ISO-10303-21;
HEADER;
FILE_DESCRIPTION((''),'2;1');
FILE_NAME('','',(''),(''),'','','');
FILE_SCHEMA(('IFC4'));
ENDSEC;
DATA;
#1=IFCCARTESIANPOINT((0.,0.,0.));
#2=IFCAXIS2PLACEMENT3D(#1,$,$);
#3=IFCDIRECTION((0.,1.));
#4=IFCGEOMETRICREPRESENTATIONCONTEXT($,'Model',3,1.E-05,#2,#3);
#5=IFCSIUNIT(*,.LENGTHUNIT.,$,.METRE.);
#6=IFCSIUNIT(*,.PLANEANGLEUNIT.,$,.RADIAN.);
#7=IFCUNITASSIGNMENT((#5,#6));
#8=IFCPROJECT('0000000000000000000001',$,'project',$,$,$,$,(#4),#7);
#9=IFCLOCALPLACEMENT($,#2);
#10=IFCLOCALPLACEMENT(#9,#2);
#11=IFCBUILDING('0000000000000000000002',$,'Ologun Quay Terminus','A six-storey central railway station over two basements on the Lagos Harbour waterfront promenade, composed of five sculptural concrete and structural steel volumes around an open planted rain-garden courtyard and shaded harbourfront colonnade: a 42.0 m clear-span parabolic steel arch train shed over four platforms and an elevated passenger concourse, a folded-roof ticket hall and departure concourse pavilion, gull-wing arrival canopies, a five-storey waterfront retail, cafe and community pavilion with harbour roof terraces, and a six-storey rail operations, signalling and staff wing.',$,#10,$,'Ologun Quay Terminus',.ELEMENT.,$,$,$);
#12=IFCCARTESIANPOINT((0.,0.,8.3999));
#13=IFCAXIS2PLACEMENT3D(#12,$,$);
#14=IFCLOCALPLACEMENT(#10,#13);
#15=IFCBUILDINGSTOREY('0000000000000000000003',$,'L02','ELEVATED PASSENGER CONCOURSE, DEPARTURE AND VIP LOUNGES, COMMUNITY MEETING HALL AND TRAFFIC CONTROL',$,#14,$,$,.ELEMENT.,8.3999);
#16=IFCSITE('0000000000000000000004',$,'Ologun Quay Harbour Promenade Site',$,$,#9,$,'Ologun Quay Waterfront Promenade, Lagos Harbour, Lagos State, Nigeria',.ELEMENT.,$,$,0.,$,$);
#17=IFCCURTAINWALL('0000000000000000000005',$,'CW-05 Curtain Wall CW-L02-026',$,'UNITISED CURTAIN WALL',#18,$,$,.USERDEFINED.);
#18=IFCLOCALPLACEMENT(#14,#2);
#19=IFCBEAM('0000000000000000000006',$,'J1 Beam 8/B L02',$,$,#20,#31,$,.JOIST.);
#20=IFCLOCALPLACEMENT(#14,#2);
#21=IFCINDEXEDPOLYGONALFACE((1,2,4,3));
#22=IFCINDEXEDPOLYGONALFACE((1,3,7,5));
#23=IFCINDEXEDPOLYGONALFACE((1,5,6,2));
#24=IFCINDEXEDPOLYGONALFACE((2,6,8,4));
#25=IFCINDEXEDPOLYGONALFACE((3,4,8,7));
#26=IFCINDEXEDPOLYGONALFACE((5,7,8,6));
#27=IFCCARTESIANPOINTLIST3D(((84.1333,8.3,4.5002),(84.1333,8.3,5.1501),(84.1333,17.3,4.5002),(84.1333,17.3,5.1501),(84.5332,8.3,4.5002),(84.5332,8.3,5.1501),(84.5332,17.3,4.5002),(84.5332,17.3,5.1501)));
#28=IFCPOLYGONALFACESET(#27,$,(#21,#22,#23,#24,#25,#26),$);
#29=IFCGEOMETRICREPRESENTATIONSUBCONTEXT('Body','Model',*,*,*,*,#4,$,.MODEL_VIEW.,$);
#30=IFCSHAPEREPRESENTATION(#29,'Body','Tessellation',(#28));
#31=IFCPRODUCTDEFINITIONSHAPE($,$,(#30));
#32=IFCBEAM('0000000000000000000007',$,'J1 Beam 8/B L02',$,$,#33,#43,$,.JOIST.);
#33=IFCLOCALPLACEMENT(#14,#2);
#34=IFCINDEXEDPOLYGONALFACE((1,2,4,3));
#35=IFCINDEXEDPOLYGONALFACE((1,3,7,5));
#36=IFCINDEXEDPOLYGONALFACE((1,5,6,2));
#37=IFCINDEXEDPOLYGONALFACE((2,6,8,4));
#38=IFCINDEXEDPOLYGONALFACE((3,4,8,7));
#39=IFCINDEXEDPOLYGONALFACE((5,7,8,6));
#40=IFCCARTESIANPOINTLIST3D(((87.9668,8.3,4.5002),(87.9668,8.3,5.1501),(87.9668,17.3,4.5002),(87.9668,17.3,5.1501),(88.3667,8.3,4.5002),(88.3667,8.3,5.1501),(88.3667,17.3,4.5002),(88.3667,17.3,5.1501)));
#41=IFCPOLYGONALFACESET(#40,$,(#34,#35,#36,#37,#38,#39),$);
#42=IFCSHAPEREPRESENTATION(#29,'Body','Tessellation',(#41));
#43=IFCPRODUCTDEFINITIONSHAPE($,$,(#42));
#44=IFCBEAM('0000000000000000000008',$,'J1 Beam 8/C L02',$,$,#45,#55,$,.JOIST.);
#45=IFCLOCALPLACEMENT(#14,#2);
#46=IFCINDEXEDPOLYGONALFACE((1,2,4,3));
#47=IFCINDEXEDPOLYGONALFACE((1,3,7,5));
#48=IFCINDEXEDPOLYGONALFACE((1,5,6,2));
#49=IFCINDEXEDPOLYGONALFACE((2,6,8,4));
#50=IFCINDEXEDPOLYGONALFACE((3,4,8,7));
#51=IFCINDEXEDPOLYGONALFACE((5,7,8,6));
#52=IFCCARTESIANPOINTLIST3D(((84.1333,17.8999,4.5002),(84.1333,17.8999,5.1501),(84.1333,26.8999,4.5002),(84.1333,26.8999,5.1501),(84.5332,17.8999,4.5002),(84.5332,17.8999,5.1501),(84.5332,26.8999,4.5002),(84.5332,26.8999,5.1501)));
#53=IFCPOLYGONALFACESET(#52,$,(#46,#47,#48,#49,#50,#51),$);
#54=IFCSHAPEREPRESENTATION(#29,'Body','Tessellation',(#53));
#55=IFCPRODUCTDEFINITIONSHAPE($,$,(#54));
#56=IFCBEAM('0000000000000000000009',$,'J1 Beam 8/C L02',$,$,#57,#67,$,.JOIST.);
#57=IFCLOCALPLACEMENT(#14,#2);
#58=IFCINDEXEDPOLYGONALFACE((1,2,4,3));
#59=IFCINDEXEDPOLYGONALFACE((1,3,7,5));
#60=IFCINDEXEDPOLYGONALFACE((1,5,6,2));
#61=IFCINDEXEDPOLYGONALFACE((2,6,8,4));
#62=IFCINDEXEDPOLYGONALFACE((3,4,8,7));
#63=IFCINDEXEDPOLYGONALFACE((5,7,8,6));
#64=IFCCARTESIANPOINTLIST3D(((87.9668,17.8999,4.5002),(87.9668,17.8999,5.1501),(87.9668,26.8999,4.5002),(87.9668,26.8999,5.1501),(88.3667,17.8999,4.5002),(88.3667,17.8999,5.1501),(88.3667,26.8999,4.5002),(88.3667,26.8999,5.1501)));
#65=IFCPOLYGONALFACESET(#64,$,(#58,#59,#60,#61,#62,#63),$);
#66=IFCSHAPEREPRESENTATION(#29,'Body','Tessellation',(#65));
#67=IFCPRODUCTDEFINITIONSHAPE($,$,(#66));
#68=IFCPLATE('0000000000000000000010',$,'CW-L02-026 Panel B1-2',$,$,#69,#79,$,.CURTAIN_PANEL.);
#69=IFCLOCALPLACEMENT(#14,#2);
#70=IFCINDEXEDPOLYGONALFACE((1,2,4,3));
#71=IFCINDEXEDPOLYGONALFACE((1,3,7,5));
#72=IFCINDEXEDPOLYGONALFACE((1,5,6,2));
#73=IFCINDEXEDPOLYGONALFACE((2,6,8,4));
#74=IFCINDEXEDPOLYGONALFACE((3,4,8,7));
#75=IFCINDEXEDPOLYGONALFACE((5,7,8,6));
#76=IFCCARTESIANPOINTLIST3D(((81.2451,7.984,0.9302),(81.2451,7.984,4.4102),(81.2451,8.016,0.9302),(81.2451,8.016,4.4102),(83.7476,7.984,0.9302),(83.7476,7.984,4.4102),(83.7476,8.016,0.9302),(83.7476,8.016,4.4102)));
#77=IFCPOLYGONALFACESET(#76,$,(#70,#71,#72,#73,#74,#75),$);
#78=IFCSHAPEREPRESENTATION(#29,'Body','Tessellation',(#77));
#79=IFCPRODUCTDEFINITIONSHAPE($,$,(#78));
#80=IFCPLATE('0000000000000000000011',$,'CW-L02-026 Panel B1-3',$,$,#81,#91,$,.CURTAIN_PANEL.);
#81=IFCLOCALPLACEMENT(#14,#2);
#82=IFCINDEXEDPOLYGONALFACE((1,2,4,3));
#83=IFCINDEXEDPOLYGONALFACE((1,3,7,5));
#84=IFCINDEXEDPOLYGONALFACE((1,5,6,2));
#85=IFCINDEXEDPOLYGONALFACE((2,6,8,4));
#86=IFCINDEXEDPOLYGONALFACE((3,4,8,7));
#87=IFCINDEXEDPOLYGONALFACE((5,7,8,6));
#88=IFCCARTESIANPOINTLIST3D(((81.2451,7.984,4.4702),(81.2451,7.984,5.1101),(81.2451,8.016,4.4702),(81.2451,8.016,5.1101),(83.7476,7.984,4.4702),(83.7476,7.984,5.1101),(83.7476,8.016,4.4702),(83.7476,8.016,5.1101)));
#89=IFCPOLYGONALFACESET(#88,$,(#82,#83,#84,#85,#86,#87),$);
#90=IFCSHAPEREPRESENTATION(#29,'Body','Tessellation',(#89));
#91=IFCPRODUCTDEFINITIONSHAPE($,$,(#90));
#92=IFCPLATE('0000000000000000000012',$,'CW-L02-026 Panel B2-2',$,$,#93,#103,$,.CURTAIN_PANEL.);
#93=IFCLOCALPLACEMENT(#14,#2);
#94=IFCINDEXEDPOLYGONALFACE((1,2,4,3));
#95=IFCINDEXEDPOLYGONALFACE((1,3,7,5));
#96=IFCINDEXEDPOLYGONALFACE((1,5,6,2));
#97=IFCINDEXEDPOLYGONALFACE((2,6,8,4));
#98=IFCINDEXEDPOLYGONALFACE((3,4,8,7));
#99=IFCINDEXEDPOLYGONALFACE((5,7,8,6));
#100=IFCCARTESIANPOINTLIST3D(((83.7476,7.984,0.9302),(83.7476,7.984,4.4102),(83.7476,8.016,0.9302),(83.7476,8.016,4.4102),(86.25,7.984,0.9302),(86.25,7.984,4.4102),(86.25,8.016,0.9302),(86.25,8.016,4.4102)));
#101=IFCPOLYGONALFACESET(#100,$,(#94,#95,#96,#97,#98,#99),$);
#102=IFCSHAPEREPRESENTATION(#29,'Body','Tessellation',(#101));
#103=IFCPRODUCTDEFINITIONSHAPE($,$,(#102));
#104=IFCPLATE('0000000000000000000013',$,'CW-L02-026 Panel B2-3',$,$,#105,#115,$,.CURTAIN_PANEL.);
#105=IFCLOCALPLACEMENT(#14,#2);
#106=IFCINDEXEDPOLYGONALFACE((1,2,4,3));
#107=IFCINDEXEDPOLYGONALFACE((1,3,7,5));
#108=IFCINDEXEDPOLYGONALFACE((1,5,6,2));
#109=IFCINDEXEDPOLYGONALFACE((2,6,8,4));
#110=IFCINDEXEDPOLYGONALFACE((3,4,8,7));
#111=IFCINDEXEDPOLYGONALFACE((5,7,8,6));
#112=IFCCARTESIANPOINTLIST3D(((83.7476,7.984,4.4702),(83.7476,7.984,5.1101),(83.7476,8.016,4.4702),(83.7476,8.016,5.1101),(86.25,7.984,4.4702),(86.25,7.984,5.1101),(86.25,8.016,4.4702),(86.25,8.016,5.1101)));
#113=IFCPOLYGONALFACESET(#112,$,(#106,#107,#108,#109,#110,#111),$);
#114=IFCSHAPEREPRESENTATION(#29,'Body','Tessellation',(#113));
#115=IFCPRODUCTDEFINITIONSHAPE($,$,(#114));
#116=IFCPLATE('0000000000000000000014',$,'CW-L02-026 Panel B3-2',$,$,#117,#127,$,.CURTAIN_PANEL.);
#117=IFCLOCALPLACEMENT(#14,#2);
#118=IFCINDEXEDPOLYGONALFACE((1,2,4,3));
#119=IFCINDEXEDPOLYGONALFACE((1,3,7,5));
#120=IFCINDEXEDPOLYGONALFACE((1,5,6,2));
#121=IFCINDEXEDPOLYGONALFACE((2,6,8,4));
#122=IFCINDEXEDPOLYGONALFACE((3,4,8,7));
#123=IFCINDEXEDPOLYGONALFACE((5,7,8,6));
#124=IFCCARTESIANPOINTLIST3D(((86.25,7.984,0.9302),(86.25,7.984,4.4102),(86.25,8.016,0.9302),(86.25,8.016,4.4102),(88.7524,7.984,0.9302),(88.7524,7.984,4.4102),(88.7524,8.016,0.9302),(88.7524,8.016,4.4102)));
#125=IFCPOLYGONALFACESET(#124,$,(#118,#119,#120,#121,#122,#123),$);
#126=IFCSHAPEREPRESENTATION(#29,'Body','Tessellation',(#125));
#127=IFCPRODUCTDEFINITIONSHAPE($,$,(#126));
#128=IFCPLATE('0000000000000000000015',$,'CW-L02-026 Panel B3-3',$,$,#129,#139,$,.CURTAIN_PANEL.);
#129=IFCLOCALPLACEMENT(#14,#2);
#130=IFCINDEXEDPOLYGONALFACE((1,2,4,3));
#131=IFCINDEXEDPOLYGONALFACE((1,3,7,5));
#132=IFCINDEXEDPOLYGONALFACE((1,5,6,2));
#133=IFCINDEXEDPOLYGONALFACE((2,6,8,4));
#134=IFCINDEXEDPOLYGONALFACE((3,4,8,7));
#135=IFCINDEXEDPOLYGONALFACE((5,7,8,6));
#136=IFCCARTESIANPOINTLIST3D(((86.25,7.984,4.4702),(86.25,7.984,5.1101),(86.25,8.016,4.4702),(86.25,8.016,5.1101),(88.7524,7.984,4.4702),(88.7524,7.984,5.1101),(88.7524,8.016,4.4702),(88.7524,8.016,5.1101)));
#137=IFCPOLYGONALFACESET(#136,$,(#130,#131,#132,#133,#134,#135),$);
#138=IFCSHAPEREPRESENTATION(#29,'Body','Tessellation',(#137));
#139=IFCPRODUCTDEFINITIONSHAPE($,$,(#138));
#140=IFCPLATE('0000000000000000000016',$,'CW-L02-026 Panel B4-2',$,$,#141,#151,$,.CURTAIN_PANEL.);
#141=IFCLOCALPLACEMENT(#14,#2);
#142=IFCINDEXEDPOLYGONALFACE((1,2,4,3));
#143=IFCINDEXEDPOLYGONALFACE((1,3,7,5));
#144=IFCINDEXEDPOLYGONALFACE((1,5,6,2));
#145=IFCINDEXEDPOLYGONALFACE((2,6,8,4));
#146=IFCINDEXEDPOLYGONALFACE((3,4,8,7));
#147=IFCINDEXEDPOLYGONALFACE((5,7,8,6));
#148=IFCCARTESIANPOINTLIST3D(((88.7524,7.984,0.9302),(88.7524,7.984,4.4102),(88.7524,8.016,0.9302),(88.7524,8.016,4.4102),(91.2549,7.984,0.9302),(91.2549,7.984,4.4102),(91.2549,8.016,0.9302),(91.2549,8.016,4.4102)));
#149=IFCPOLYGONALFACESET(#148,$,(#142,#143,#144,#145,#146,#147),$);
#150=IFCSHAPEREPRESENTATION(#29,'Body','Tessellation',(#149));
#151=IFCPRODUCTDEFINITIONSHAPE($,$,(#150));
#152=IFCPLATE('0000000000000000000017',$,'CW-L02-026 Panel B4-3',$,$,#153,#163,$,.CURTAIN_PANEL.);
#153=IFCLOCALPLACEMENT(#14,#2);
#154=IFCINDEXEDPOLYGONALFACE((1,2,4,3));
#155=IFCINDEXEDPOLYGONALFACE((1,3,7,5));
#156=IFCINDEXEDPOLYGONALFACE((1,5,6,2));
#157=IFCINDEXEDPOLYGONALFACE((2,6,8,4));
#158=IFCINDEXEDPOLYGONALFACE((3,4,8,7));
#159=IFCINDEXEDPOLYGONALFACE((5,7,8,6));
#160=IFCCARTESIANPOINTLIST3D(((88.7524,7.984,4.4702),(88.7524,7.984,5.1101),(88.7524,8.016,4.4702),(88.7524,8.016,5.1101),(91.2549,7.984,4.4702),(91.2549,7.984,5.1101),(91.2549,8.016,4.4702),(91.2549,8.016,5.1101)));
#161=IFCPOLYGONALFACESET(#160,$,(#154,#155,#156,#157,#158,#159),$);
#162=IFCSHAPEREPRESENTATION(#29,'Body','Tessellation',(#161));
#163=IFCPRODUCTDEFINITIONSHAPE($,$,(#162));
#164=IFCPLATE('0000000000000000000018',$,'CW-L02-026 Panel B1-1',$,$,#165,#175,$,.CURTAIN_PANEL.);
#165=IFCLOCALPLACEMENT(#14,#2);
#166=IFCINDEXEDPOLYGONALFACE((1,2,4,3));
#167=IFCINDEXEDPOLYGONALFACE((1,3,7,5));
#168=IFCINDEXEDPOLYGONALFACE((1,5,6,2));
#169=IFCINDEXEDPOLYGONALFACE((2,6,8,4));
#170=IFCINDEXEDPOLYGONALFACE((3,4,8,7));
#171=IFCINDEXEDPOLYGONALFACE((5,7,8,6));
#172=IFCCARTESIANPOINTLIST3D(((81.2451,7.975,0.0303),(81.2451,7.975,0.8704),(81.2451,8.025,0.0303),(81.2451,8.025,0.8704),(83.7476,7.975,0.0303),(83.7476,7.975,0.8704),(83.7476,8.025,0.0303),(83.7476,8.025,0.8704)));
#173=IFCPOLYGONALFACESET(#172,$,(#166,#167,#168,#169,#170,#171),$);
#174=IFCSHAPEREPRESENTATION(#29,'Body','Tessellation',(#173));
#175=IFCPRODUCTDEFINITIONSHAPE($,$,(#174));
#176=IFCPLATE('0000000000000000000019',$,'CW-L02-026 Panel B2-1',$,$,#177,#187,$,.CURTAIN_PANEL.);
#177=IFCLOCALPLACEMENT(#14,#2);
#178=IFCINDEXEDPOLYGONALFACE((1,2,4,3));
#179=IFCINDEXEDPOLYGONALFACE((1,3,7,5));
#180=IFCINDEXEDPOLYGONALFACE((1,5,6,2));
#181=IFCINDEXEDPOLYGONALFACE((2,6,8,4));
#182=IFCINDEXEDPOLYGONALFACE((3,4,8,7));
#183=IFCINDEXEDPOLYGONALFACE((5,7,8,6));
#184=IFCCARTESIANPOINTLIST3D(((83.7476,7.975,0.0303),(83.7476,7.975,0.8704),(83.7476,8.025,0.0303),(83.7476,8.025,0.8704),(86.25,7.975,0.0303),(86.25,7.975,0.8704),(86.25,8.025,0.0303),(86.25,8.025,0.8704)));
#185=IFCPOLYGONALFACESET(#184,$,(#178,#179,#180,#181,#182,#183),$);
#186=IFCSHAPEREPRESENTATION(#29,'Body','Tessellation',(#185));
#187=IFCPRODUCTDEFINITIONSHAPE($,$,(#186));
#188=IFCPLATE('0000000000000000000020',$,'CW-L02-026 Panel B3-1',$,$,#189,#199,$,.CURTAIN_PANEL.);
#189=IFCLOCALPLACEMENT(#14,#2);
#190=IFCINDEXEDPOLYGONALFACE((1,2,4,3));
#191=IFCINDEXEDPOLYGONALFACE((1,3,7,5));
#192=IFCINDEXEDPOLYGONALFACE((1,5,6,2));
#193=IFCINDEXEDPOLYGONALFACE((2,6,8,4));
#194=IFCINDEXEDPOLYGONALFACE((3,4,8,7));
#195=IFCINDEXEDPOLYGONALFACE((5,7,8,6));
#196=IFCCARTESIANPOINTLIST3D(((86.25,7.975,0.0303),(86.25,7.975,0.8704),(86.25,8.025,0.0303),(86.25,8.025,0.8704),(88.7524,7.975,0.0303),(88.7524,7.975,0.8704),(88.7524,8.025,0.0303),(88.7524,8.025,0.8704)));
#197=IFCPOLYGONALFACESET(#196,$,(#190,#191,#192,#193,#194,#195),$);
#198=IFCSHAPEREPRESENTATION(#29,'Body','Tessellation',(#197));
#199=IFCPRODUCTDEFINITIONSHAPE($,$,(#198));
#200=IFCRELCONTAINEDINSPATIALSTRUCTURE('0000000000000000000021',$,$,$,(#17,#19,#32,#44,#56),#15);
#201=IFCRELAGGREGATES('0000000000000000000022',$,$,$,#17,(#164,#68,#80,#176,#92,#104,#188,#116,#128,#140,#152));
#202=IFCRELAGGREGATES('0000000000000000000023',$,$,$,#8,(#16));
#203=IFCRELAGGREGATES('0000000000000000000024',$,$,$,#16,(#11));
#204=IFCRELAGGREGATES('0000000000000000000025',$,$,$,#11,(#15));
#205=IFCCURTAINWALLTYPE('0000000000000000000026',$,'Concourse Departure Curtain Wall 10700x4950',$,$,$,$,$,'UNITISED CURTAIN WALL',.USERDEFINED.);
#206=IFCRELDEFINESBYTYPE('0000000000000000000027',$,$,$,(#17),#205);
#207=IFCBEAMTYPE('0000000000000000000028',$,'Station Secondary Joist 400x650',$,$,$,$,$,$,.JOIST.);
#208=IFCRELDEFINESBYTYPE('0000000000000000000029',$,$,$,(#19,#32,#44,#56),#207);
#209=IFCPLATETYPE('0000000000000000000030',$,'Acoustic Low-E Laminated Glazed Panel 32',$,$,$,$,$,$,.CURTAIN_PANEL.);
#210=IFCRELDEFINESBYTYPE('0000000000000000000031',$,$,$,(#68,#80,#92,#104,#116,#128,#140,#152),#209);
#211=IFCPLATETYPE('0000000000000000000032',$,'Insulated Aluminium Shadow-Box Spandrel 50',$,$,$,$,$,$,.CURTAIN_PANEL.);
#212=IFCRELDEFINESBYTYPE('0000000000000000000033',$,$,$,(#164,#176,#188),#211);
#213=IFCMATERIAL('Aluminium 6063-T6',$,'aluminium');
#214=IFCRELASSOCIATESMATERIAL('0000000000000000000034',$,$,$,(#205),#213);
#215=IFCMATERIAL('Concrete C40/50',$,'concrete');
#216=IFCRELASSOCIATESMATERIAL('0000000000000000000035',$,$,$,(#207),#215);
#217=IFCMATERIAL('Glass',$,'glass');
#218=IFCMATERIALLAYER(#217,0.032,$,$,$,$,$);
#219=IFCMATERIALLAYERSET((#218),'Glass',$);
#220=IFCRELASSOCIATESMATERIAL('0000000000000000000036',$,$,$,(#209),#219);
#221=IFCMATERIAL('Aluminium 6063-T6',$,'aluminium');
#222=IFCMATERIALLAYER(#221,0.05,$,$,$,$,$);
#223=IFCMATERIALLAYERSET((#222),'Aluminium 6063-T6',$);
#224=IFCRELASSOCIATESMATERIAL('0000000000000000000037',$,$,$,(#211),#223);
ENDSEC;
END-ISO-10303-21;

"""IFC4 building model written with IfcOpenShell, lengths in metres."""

from ifc_helpers import new_model, si_unit, direction, frame, origin, origin_2d, place, context, subcontext, project, spatial, rectangle, extrude, material, layer, layer_set, material_profile, profile_set, type_object, element, aggregate, save


model = new_model("IFC4")

# Units and contexts
model_context = context("Model", 3, precision=1e-05, world=origin(), true_north=direction((0.0, 1.0)))
body_context = subcontext(model_context, "Body", "Model", "MODEL_VIEW")
ifc_project = project(units=[si_unit("LENGTHUNIT", "METRE"), si_unit("PLANEANGLEUNIT", "RADIAN")], contexts=[model_context])

# Site, building, storey
site_placement = place(None, origin())
site = spatial("IfcSite", under=ifc_project, at=site_placement, Name="Ologun Quay Harbour Promenade Site", LongName="Ologun Quay Waterfront Promenade, Lagos Harbour, Lagos State, Nigeria", CompositionType="ELEMENT", RefElevation=0.0)
building_placement = place(site_placement, origin())
building = spatial("IfcBuilding", under=site, at=building_placement, Name="Ologun Quay Terminus", Description="A six-storey central railway station over two basements on the Lagos Harbour waterfront promenade, composed of five sculptural concrete and structural steel volumes around an open planted rain-garden courtyard and shaded harbourfront colonnade: a 42.0 m clear-span parabolic steel arch train shed over four platforms and an elevated passenger concourse, a folded-roof ticket hall and departure concourse pavilion, gull-wing arrival canopies, a five-storey waterfront retail, cafe and community pavilion with harbour roof terraces, and a six-storey rail operations, signalling and staff wing.", LongName="Ologun Quay Terminus", CompositionType="ELEMENT")
storey_placement = place(building_placement, frame((0.0, 0.0, 8.3999)))
storey = spatial("IfcBuildingStorey", under=building, at=storey_placement, Name="L02", Description="ELEVATED PASSENGER CONCOURSE, DEPARTURE AND VIP LOUNGES, COMMUNITY MEETING HALL AND TRAFFIC CONTROL", CompositionType="ELEMENT", Elevation=8.3999)

# Curtain wall
ifc_material_1 = material(Name="Aluminium 6063-T6", Category="aluminium")
curtain_wall_type = type_object("IfcCurtainWallType", Name="Concourse Departure Curtain Wall 10700x4950", ElementType="UNITISED CURTAIN WALL", PredefinedType="USERDEFINED", material=ifc_material_1)
curtain_wall_placement = place(storey_placement, origin())
curtain_wall = element("IfcCurtainWall", 1, at=curtain_wall_placement, inside=storey, type_object=curtain_wall_type, Name="CW-05 Curtain Wall CW-L02-026", ObjectType="UNITISED CURTAIN WALL", PredefinedType="USERDEFINED")

# Beams
ifc_material_2 = material(Name="Concrete C40/50", Category="concrete")
ifc_material_profile_1 = material_profile(ifc_material_2, rectangle(XDim=0.3999, YDim=0.6499, at=origin_2d()), Name="RC 400x650")
ifc_profile_set_1 = profile_set([ifc_material_profile_1], Name="Concrete C40/50")
beam_type_1 = type_object("IfcBeamType", Name="Station Secondary Joist 400x650", PredefinedType="JOIST", material=ifc_profile_set_1)
for number, where, z_axis, x_axis, name in (
    (2, (84.3333, 8.3, 4.8252), (0.0, 1.0, 0.0), (-1.0, 0.0, 0.0), "J1 Beam 8/B L02"),
    (3, (88.1667, 8.3, 4.8252), (0.0, 1.0, 0.0), (-1.0, 0.0, 0.0), "J1 Beam 8/B L02"),
    (4, (84.3333, 17.8999, 4.8252), (0.0, 1.0, 0.0), (-1.0, 0.0, 0.0), "J1 Beam 8/C L02"),
    (5, (88.1667, 17.8999, 4.8252), (0.0, 1.0, 0.0), (-1.0, 0.0, 0.0), "J1 Beam 8/C L02"),
):
    element("IfcBeam", number, at=place(storey_placement, frame(where, z_axis=z_axis, x_axis=x_axis)), inside=storey, type_object=beam_type_1, Name=name, PredefinedType="JOIST", context=body_context, shape_type="SweptSolid", body=[
        extrude(rectangle(XDim=0.3999, YDim=0.6499, at=origin_2d()), origin(), (0.0, 0.0, 1.0), 9.0),
    ])

# Plates
ifc_material_3 = material(Name="Glass", Category="glass")
ifc_layer_1 = layer(ifc_material_3, 0.032)
ifc_layer_set_1 = layer_set([ifc_layer_1], Name="Glass")
plate_type_1 = type_object("IfcPlateType", Name="Acoustic Low-E Laminated Glazed Panel 32", PredefinedType="CURTAIN_PANEL", material=ifc_layer_set_1)
plate_1_placement = place(storey_placement, frame((82.4963, 8.0, 0.9302), z_axis=(0.0, 0.0, 1.0), x_axis=(1.0, 0.0, 0.0)))
plate_1 = element("IfcPlate", 6, at=plate_1_placement, type_object=plate_type_1, Name="CW-L02-026 Panel B1-2", PredefinedType="CURTAIN_PANEL", context=body_context, shape_type="SweptSolid", body=[
    extrude(rectangle(XDim=2.5024, YDim=0.032, at=origin_2d()), origin(), (0.0, 0.0, 1.0), 3.48),
])
plate_2_placement = place(storey_placement, frame((82.4963, 8.0, 4.4702), z_axis=(0.0, 0.0, 1.0), x_axis=(1.0, 0.0, 0.0)))
plate_2 = element("IfcPlate", 7, at=plate_2_placement, type_object=plate_type_1, Name="CW-L02-026 Panel B1-3", PredefinedType="CURTAIN_PANEL", context=body_context, shape_type="SweptSolid", body=[
    extrude(rectangle(XDim=2.5024, YDim=0.032, at=origin_2d()), origin(), (0.0, 0.0, 1.0), 0.6399),
])
plate_3_placement = place(storey_placement, frame((84.9988, 8.0, 0.9302), z_axis=(0.0, 0.0, 1.0), x_axis=(1.0, 0.0, 0.0)))
plate_3 = element("IfcPlate", 8, at=plate_3_placement, type_object=plate_type_1, Name="CW-L02-026 Panel B2-2", PredefinedType="CURTAIN_PANEL", context=body_context, shape_type="SweptSolid", body=[
    extrude(rectangle(XDim=2.5024, YDim=0.032, at=origin_2d()), origin(), (0.0, 0.0, 1.0), 3.48),
])
plate_4_placement = place(storey_placement, frame((84.9988, 8.0, 4.4702), z_axis=(0.0, 0.0, 1.0), x_axis=(1.0, 0.0, 0.0)))
plate_4 = element("IfcPlate", 9, at=plate_4_placement, type_object=plate_type_1, Name="CW-L02-026 Panel B2-3", PredefinedType="CURTAIN_PANEL", context=body_context, shape_type="SweptSolid", body=[
    extrude(rectangle(XDim=2.5024, YDim=0.032, at=origin_2d()), origin(), (0.0, 0.0, 1.0), 0.6399),
])
plate_5_placement = place(storey_placement, frame((87.5012, 8.0, 0.9302), z_axis=(0.0, 0.0, 1.0), x_axis=(1.0, 0.0, 0.0)))
plate_5 = element("IfcPlate", 10, at=plate_5_placement, type_object=plate_type_1, Name="CW-L02-026 Panel B3-2", PredefinedType="CURTAIN_PANEL", context=body_context, shape_type="SweptSolid", body=[
    extrude(rectangle(XDim=2.5024, YDim=0.032, at=origin_2d()), origin(), (0.0, 0.0, 1.0), 3.48),
])
plate_6_placement = place(storey_placement, frame((87.5012, 8.0, 4.4702), z_axis=(0.0, 0.0, 1.0), x_axis=(1.0, 0.0, 0.0)))
plate_6 = element("IfcPlate", 11, at=plate_6_placement, type_object=plate_type_1, Name="CW-L02-026 Panel B3-3", PredefinedType="CURTAIN_PANEL", context=body_context, shape_type="SweptSolid", body=[
    extrude(rectangle(XDim=2.5024, YDim=0.032, at=origin_2d()), origin(), (0.0, 0.0, 1.0), 0.6399),
])
plate_7_placement = place(storey_placement, frame((90.0037, 8.0, 0.9302), z_axis=(0.0, 0.0, 1.0), x_axis=(1.0, 0.0, 0.0)))
plate_7 = element("IfcPlate", 12, at=plate_7_placement, type_object=plate_type_1, Name="CW-L02-026 Panel B4-2", PredefinedType="CURTAIN_PANEL", context=body_context, shape_type="SweptSolid", body=[
    extrude(rectangle(XDim=2.5024, YDim=0.032, at=origin_2d()), origin(), (0.0, 0.0, 1.0), 3.48),
])
plate_8_placement = place(storey_placement, frame((90.0037, 8.0, 4.4702), z_axis=(0.0, 0.0, 1.0), x_axis=(1.0, 0.0, 0.0)))
plate_8 = element("IfcPlate", 13, at=plate_8_placement, type_object=plate_type_1, Name="CW-L02-026 Panel B4-3", PredefinedType="CURTAIN_PANEL", context=body_context, shape_type="SweptSolid", body=[
    extrude(rectangle(XDim=2.5024, YDim=0.032, at=origin_2d()), origin(), (0.0, 0.0, 1.0), 0.6399),
])
ifc_material_4 = material(Name="Aluminium 6063-T6", Category="aluminium")
ifc_layer_2 = layer(ifc_material_4, 0.05)
ifc_layer_set_2 = layer_set([ifc_layer_2], Name="Aluminium 6063-T6")
plate_type_2 = type_object("IfcPlateType", Name="Insulated Aluminium Shadow-Box Spandrel 50", PredefinedType="CURTAIN_PANEL", material=ifc_layer_set_2)
plate_9_placement = place(storey_placement, frame((82.4963, 8.0, 0.0303), z_axis=(0.0, 0.0, 1.0), x_axis=(1.0, 0.0, 0.0)))
plate_9 = element("IfcPlate", 14, at=plate_9_placement, type_object=plate_type_2, Name="CW-L02-026 Panel B1-1", PredefinedType="CURTAIN_PANEL", context=body_context, shape_type="SweptSolid", body=[
    extrude(rectangle(XDim=2.5024, YDim=0.05, at=origin_2d()), origin(), (0.0, 0.0, 1.0), 0.8401),
])
plate_10_placement = place(storey_placement, frame((84.9988, 8.0, 0.0303), z_axis=(0.0, 0.0, 1.0), x_axis=(1.0, 0.0, 0.0)))
plate_10 = element("IfcPlate", 15, at=plate_10_placement, type_object=plate_type_2, Name="CW-L02-026 Panel B2-1", PredefinedType="CURTAIN_PANEL", context=body_context, shape_type="SweptSolid", body=[
    extrude(rectangle(XDim=2.5024, YDim=0.05, at=origin_2d()), origin(), (0.0, 0.0, 1.0), 0.8401),
])
plate_11_placement = place(storey_placement, frame((87.5012, 8.0, 0.0303), z_axis=(0.0, 0.0, 1.0), x_axis=(1.0, 0.0, 0.0)))
plate_11 = element("IfcPlate", 16, at=plate_11_placement, type_object=plate_type_2, Name="CW-L02-026 Panel B3-1", PredefinedType="CURTAIN_PANEL", context=body_context, shape_type="SweptSolid", body=[
    extrude(rectangle(XDim=2.5024, YDim=0.05, at=origin_2d()), origin(), (0.0, 0.0, 1.0), 0.8401),
])
aggregate(curtain_wall, [plate_9, plate_1, plate_2, plate_10, plate_3, plate_4, plate_11, plate_5, plate_6, plate_7, plate_8])

save(model, "model.ifc")
